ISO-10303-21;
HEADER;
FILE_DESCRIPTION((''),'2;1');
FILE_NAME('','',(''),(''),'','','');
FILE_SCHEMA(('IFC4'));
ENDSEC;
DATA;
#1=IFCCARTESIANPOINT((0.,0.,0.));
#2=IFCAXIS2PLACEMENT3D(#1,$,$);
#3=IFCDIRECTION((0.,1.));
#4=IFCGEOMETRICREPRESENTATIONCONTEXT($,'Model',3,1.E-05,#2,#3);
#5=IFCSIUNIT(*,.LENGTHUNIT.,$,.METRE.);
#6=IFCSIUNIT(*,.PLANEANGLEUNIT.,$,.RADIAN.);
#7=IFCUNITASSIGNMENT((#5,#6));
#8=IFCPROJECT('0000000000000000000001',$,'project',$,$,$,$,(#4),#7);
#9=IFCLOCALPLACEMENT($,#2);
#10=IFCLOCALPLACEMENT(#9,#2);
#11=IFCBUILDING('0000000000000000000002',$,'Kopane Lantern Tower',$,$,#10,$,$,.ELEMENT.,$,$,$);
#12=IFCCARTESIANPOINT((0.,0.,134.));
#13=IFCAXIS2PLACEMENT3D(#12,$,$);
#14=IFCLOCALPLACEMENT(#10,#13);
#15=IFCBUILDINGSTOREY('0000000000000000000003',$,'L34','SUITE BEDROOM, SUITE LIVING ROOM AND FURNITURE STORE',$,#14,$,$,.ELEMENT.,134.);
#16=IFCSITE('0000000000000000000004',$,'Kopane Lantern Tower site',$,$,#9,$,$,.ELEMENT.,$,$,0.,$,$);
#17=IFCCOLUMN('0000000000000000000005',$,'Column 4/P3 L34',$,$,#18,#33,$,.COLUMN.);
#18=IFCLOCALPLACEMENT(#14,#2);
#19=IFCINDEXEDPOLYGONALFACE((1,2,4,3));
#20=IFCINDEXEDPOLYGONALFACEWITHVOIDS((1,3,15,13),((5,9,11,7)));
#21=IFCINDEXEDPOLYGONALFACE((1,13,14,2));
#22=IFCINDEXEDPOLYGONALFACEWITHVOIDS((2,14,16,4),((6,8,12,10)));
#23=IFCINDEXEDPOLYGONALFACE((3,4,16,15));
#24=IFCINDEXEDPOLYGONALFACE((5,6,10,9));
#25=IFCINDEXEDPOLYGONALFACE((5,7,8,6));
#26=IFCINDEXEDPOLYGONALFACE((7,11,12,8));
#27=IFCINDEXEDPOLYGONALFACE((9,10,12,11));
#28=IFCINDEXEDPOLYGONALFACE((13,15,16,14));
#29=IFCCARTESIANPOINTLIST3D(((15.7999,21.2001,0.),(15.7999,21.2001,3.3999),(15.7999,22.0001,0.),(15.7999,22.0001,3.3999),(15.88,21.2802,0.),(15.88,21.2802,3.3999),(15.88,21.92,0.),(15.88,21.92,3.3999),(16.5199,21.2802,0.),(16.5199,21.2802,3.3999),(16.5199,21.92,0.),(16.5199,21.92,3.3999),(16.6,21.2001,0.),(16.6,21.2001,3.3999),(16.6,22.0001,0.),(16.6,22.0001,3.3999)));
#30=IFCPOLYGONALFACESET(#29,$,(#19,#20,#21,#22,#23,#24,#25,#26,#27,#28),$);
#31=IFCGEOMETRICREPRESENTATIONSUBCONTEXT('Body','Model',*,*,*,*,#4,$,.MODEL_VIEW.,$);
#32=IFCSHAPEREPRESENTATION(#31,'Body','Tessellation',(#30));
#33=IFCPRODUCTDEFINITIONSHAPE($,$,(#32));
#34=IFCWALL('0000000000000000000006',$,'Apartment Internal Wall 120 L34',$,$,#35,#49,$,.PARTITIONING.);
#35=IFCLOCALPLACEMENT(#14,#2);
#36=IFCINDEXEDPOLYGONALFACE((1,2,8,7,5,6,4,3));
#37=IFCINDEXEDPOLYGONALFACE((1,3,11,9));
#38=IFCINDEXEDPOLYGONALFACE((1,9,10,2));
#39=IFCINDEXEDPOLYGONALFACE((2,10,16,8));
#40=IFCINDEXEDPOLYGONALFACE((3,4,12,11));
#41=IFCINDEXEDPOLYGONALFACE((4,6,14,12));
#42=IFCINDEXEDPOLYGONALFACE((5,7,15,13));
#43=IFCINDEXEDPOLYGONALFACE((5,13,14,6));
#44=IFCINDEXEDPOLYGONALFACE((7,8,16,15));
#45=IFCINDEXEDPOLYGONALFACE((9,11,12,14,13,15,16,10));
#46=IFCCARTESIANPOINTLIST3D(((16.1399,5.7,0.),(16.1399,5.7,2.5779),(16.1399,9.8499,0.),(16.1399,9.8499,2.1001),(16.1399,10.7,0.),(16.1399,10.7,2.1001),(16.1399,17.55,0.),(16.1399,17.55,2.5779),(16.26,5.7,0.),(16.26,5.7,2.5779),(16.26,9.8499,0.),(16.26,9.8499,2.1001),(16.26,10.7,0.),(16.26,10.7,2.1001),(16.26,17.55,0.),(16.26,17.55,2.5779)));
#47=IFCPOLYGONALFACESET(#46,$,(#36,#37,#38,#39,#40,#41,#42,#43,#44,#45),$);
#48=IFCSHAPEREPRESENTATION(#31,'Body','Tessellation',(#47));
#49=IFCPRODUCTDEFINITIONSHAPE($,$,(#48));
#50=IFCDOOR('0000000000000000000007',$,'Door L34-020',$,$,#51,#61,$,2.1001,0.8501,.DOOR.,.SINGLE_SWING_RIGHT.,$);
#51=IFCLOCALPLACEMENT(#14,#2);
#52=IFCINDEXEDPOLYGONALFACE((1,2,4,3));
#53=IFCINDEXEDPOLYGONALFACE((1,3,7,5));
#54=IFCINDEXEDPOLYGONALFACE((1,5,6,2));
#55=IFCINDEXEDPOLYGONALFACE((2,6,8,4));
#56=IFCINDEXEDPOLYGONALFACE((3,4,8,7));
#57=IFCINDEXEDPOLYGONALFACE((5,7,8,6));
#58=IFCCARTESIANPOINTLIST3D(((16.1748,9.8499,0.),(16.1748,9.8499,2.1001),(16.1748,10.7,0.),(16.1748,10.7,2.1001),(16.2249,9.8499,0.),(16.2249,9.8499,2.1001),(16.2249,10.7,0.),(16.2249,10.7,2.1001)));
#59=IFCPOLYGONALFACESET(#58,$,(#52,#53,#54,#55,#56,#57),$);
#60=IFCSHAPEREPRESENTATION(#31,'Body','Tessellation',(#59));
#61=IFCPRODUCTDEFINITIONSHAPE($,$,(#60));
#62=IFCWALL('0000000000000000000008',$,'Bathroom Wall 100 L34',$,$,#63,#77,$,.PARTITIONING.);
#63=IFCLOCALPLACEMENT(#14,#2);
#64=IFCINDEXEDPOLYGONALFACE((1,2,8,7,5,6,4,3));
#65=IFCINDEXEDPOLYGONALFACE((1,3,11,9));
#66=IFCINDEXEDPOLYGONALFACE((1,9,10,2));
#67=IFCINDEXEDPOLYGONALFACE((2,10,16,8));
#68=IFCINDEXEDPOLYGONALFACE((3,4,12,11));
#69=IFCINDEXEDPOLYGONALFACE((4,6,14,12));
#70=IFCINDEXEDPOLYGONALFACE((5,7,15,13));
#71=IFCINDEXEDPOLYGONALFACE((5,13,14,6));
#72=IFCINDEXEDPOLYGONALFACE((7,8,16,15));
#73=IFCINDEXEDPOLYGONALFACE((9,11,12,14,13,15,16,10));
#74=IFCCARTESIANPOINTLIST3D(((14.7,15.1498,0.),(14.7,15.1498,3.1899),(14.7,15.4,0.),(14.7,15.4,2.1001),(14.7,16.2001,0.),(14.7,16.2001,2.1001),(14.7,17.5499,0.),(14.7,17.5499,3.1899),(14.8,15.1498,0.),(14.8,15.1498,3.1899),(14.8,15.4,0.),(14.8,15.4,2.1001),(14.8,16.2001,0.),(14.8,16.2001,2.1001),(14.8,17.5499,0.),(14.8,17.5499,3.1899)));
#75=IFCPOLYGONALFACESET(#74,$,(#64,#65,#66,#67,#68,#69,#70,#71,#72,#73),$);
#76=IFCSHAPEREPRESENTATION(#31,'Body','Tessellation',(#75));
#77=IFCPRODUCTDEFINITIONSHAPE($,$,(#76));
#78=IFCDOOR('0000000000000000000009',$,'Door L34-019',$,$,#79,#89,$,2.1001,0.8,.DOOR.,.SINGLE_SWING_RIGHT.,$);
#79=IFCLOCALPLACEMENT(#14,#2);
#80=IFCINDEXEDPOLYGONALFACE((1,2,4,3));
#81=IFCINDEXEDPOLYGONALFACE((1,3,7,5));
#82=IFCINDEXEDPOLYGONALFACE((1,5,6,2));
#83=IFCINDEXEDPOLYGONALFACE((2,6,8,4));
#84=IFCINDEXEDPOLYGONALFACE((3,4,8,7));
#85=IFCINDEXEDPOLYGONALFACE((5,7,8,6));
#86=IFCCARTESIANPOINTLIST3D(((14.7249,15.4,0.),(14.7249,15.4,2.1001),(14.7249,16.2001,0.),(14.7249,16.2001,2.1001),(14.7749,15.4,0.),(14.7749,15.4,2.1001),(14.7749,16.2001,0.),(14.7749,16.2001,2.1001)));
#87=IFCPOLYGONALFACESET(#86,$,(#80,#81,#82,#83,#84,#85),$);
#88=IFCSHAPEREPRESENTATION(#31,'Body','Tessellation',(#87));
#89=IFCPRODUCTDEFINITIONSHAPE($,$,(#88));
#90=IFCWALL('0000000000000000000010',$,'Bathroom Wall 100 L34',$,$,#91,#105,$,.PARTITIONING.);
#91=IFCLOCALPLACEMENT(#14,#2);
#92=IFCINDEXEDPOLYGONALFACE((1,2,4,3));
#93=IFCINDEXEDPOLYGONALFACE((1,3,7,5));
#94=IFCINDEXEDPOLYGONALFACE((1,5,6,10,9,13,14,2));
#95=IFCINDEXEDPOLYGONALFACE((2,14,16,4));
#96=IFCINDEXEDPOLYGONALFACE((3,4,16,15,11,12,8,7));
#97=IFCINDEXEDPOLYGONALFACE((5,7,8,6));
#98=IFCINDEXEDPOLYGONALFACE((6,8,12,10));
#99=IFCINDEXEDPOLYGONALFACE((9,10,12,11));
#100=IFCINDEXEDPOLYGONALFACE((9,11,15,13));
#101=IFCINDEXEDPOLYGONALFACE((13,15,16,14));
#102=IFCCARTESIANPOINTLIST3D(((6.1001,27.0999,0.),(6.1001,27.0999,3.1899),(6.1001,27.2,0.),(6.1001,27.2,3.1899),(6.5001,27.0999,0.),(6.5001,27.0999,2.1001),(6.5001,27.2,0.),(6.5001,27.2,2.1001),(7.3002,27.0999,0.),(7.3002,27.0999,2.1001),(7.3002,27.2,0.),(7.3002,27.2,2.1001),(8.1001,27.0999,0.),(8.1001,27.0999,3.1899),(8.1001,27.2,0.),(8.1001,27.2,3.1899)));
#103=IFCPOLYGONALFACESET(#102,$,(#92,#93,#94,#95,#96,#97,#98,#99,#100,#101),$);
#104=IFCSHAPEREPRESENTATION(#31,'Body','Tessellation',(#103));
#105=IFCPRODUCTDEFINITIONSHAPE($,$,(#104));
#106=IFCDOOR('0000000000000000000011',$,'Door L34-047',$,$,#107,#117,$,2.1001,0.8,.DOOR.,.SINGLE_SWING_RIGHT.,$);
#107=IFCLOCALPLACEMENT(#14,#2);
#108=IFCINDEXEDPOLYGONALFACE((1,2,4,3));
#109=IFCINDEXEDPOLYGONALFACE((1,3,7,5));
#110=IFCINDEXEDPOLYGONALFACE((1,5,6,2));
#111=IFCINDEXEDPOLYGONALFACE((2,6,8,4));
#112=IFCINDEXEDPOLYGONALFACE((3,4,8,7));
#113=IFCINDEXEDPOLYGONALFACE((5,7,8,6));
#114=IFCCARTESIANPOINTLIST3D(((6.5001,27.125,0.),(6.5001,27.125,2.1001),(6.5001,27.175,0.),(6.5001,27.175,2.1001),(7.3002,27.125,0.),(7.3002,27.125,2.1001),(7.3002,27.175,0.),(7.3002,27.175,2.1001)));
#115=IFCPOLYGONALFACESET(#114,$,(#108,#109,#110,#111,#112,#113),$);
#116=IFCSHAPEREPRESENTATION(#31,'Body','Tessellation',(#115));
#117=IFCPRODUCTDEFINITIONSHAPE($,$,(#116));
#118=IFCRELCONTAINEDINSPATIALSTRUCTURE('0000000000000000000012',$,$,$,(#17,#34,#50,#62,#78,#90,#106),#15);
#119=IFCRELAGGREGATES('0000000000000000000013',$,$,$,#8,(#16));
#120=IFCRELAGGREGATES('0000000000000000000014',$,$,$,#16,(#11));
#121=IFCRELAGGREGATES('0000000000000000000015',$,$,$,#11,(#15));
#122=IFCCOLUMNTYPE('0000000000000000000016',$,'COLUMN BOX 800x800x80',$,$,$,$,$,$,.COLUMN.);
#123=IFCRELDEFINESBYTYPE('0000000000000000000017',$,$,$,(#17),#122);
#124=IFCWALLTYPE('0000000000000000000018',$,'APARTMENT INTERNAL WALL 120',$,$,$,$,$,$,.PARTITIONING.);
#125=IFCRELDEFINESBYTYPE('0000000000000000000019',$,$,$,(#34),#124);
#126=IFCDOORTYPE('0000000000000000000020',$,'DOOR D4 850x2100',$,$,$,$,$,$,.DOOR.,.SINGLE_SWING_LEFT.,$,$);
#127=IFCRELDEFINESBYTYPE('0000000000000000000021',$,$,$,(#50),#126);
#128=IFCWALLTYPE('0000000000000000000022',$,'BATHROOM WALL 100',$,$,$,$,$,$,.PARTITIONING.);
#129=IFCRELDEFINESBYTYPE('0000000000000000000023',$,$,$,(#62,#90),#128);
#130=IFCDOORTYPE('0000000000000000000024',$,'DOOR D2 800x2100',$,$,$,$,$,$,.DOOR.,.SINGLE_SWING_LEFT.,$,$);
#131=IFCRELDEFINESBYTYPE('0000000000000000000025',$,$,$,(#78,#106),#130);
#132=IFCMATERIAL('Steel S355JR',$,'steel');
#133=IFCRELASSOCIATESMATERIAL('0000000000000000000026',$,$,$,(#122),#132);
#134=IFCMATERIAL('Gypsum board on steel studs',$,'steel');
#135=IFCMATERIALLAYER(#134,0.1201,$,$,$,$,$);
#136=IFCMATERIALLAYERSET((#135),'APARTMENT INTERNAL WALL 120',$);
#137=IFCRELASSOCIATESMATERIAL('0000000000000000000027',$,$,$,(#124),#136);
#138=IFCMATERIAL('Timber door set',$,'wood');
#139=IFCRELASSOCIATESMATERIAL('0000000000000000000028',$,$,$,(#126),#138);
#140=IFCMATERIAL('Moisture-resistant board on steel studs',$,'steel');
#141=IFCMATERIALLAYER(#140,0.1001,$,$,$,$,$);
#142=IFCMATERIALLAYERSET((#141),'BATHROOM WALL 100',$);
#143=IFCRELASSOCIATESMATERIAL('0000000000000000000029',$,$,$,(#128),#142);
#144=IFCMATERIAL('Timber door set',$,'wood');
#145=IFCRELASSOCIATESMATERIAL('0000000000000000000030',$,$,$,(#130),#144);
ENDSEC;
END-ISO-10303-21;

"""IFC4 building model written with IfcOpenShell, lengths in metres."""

from ifc_helpers import new_model, si_unit, direction, frame, frame_2d, origin, origin_2d, place, context, subcontext, project, spatial, rectangle, hollow_rectangle, extrude, material, layer, layer_set, material_profile, profile_set, type_object, element, fill, save


model = new_model("IFC4")

# Units and contexts
model_context = context("Model", 3, precision=1e-05, world=origin(), true_north=direction((0.0, 1.0)))
body_context = subcontext(model_context, "Body", "Model", "MODEL_VIEW")
ifc_project = project(units=[si_unit("LENGTHUNIT", "METRE"), si_unit("PLANEANGLEUNIT", "RADIAN")], contexts=[model_context])

# Site, building, storey
site_placement = place(None, origin())
site = spatial("IfcSite", under=ifc_project, at=site_placement, Name="Kopane Lantern Tower site", CompositionType="ELEMENT", RefElevation=0.0)
building_placement = place(site_placement, origin())
building = spatial("IfcBuilding", under=site, at=building_placement, Name="Kopane Lantern Tower", CompositionType="ELEMENT")
storey_placement = place(building_placement, frame((0.0, 0.0, 134.0)))
storey = spatial("IfcBuildingStorey", under=building, at=storey_placement, Name="L34", Description="SUITE BEDROOM, SUITE LIVING ROOM AND FURNITURE STORE", CompositionType="ELEMENT", Elevation=134.0)

# Column
ifc_material_1 = material(Name="Steel S355JR", Category="steel")
ifc_material_profile = material_profile(ifc_material_1, hollow_rectangle(XDim=0.8, YDim=0.8, WallThickness=0.0801, at=origin_2d()), Name="BOX 800x800x80")
ifc_profile_set = profile_set([ifc_material_profile], Name="Steel S355JR")
column_type = type_object("IfcColumnType", Name="COLUMN BOX 800x800x80", PredefinedType="COLUMN", material=ifc_profile_set)
column_placement = place(storey_placement, frame((16.2, 21.6001, 0.0), z_axis=(0.0, 0.0, 1.0), x_axis=(1.0, 0.0, 0.0)))
element("IfcColumn", 1, at=column_placement, inside=storey, type_object=column_type, Name="Column 4/P3 L34", PredefinedType="COLUMN", context=body_context, shape_type="SweptSolid", body=[
    extrude(hollow_rectangle(XDim=0.8, YDim=0.8, WallThickness=0.0801, at=origin_2d()), origin(), (0.0, 0.0, 1.0), 3.3999),
])

# Walls, openings, doors
ifc_material_2 = material(Name="Gypsum board on steel studs", Category="steel")
ifc_layer_1 = layer(ifc_material_2, 0.1201)
ifc_layer_set_1 = layer_set([ifc_layer_1], Name="APARTMENT INTERNAL WALL 120")
wall_type_1 = type_object("IfcWallType", Name="APARTMENT INTERNAL WALL 120", PredefinedType="PARTITIONING", material=ifc_layer_set_1)
wall_1_placement = place(storey_placement, frame((16.2, 17.55, 0.0), z_axis=(0.0, 0.0, 1.0), x_axis=(0.0, -1.0, 0.0)))
wall_1 = element("IfcWall", 2, at=wall_1_placement, inside=storey, type_object=wall_type_1, Name="Apartment Internal Wall 120 L34", PredefinedType="PARTITIONING", context=body_context, shape_type="SweptSolid", body=[
    extrude(rectangle(XDim=11.8501, YDim=0.1201, at=frame_2d((5.925, 0.0))), origin(), (0.0, 0.0, 1.0), 2.5779),
])
opening_1_placement = place(wall_1_placement, frame((6.8501, 0.0, 0.0)))
opening_1 = element("IfcOpeningElement", 3, at=opening_1_placement, cuts=wall_1, PredefinedType="OPENING", context=body_context, shape_type="SweptSolid", body=[
    extrude(rectangle(XDim=0.8501, YDim=2.1001, at=frame_2d((0.425, 1.05))), frame((0.0, 0.0701, 0.0), z_axis=(0.0, -1.0, 0.0), x_axis=(1.0, 0.0, 0.0)), (0.0, 0.0, 1.0), 0.1401),
])
ifc_material_3 = material(Name="Timber door set", Category="wood")
door_type_1 = type_object("IfcDoorType", Name="DOOR D4 850x2100", OperationType="SINGLE_SWING_LEFT", PredefinedType="DOOR", material=ifc_material_3)
door_1_placement = place(opening_1_placement, origin())
door_1 = element("IfcDoor", 4, at=door_1_placement, inside=storey, type_object=door_type_1, Name="Door L34-020", OperationType="SINGLE_SWING_RIGHT", OverallHeight=2.1001, OverallWidth=0.8501, PredefinedType="DOOR", context=body_context, shape_type="SweptSolid", body=[
    extrude(rectangle(XDim=0.8501, YDim=2.1001, at=frame_2d((0.425, 1.05))), frame((0.0, 0.0249, 0.0), z_axis=(0.0, -1.0, 0.0), x_axis=(1.0, 0.0, 0.0)), (0.0, 0.0, 1.0), 0.05),
])
fill(opening_1, door_1)
ifc_material_4 = material(Name="Moisture-resistant board on steel studs", Category="steel")
ifc_layer_2 = layer(ifc_material_4, 0.1001)
ifc_layer_set_2 = layer_set([ifc_layer_2], Name="BATHROOM WALL 100")
wall_type_2 = type_object("IfcWallType", Name="BATHROOM WALL 100", PredefinedType="PARTITIONING", material=ifc_layer_set_2)
wall_2_placement = place(storey_placement, frame((14.75, 17.55, 0.0), z_axis=(0.0, 0.0, 1.0), x_axis=(0.0, -1.0, 0.0)))
wall_2 = element("IfcWall", 5, at=wall_2_placement, inside=storey, type_object=wall_type_2, Name="Bathroom Wall 100 L34", PredefinedType="PARTITIONING", context=body_context, shape_type="SweptSolid", body=[
    extrude(rectangle(XDim=2.4001, YDim=0.1001, at=frame_2d((1.2002, 0.0))), origin(), (0.0, 0.0, 1.0), 3.1899),
])
opening_2_placement = place(wall_2_placement, frame((1.3501, 0.0, 0.0)))
opening_2 = element("IfcOpeningElement", 6, at=opening_2_placement, cuts=wall_2, PredefinedType="OPENING", context=body_context, shape_type="SweptSolid", body=[
    extrude(rectangle(XDim=0.8, YDim=2.1001, at=frame_2d((0.3999, 1.05))), frame((0.0, 0.0601, 0.0), z_axis=(0.0, -1.0, 0.0), x_axis=(1.0, 0.0, 0.0)), (0.0, 0.0, 1.0), 0.1201),
])
ifc_material_5 = material(Name="Timber door set", Category="wood")
door_type_2 = type_object("IfcDoorType", Name="DOOR D2 800x2100", OperationType="SINGLE_SWING_LEFT", PredefinedType="DOOR", material=ifc_material_5)
door_2_placement = place(opening_2_placement, origin())
door_2 = element("IfcDoor", 7, at=door_2_placement, inside=storey, type_object=door_type_2, Name="Door L34-019", OperationType="SINGLE_SWING_RIGHT", OverallHeight=2.1001, OverallWidth=0.8, PredefinedType="DOOR", context=body_context, shape_type="SweptSolid", body=[
    extrude(rectangle(XDim=0.8, YDim=2.1001, at=frame_2d((0.3999, 1.05))), frame((0.0, 0.0249, 0.0), z_axis=(0.0, -1.0, 0.0), x_axis=(1.0, 0.0, 0.0)), (0.0, 0.0, 1.0), 0.05),
])
fill(opening_2, door_2)
wall_3_placement = place(storey_placement, frame((8.1001, 27.1499, 0.0), z_axis=(0.0, 0.0, 1.0), x_axis=(-1.0, 0.0, 0.0)))
wall_3 = element("IfcWall", 8, at=wall_3_placement, inside=storey, type_object=wall_type_2, Name="Bathroom Wall 100 L34", PredefinedType="PARTITIONING", context=body_context, shape_type="SweptSolid", body=[
    extrude(rectangle(XDim=2.0, YDim=0.1001, at=frame_2d((1.0, 0.0))), origin(), (0.0, 0.0, 1.0), 3.1899),
])
opening_3_placement = place(wall_3_placement, frame((0.8, 0.0, 0.0)))
opening_3 = element("IfcOpeningElement", 9, at=opening_3_placement, cuts=wall_3, PredefinedType="OPENING", context=body_context, shape_type="SweptSolid", body=[
    extrude(rectangle(XDim=0.8, YDim=2.1001, at=frame_2d((0.3999, 1.05))), frame((0.0, 0.0601, 0.0), z_axis=(0.0, -1.0, 0.0), x_axis=(1.0, 0.0, 0.0)), (0.0, 0.0, 1.0), 0.1201),
])
door_3_placement = place(opening_3_placement, origin())
door_3 = element("IfcDoor", 10, at=door_3_placement, inside=storey, type_object=door_type_2, Name="Door L34-047", OperationType="SINGLE_SWING_RIGHT", OverallHeight=2.1001, OverallWidth=0.8, PredefinedType="DOOR", context=body_context, shape_type="SweptSolid", body=[
    extrude(rectangle(XDim=0.8, YDim=2.1001, at=frame_2d((0.3999, 1.05))), frame((0.0, 0.0249, 0.0), z_axis=(0.0, -1.0, 0.0), x_axis=(1.0, 0.0, 0.0)), (0.0, 0.0, 1.0), 0.05),
])
fill(opening_3, door_3)

save(model, "model.ifc")
